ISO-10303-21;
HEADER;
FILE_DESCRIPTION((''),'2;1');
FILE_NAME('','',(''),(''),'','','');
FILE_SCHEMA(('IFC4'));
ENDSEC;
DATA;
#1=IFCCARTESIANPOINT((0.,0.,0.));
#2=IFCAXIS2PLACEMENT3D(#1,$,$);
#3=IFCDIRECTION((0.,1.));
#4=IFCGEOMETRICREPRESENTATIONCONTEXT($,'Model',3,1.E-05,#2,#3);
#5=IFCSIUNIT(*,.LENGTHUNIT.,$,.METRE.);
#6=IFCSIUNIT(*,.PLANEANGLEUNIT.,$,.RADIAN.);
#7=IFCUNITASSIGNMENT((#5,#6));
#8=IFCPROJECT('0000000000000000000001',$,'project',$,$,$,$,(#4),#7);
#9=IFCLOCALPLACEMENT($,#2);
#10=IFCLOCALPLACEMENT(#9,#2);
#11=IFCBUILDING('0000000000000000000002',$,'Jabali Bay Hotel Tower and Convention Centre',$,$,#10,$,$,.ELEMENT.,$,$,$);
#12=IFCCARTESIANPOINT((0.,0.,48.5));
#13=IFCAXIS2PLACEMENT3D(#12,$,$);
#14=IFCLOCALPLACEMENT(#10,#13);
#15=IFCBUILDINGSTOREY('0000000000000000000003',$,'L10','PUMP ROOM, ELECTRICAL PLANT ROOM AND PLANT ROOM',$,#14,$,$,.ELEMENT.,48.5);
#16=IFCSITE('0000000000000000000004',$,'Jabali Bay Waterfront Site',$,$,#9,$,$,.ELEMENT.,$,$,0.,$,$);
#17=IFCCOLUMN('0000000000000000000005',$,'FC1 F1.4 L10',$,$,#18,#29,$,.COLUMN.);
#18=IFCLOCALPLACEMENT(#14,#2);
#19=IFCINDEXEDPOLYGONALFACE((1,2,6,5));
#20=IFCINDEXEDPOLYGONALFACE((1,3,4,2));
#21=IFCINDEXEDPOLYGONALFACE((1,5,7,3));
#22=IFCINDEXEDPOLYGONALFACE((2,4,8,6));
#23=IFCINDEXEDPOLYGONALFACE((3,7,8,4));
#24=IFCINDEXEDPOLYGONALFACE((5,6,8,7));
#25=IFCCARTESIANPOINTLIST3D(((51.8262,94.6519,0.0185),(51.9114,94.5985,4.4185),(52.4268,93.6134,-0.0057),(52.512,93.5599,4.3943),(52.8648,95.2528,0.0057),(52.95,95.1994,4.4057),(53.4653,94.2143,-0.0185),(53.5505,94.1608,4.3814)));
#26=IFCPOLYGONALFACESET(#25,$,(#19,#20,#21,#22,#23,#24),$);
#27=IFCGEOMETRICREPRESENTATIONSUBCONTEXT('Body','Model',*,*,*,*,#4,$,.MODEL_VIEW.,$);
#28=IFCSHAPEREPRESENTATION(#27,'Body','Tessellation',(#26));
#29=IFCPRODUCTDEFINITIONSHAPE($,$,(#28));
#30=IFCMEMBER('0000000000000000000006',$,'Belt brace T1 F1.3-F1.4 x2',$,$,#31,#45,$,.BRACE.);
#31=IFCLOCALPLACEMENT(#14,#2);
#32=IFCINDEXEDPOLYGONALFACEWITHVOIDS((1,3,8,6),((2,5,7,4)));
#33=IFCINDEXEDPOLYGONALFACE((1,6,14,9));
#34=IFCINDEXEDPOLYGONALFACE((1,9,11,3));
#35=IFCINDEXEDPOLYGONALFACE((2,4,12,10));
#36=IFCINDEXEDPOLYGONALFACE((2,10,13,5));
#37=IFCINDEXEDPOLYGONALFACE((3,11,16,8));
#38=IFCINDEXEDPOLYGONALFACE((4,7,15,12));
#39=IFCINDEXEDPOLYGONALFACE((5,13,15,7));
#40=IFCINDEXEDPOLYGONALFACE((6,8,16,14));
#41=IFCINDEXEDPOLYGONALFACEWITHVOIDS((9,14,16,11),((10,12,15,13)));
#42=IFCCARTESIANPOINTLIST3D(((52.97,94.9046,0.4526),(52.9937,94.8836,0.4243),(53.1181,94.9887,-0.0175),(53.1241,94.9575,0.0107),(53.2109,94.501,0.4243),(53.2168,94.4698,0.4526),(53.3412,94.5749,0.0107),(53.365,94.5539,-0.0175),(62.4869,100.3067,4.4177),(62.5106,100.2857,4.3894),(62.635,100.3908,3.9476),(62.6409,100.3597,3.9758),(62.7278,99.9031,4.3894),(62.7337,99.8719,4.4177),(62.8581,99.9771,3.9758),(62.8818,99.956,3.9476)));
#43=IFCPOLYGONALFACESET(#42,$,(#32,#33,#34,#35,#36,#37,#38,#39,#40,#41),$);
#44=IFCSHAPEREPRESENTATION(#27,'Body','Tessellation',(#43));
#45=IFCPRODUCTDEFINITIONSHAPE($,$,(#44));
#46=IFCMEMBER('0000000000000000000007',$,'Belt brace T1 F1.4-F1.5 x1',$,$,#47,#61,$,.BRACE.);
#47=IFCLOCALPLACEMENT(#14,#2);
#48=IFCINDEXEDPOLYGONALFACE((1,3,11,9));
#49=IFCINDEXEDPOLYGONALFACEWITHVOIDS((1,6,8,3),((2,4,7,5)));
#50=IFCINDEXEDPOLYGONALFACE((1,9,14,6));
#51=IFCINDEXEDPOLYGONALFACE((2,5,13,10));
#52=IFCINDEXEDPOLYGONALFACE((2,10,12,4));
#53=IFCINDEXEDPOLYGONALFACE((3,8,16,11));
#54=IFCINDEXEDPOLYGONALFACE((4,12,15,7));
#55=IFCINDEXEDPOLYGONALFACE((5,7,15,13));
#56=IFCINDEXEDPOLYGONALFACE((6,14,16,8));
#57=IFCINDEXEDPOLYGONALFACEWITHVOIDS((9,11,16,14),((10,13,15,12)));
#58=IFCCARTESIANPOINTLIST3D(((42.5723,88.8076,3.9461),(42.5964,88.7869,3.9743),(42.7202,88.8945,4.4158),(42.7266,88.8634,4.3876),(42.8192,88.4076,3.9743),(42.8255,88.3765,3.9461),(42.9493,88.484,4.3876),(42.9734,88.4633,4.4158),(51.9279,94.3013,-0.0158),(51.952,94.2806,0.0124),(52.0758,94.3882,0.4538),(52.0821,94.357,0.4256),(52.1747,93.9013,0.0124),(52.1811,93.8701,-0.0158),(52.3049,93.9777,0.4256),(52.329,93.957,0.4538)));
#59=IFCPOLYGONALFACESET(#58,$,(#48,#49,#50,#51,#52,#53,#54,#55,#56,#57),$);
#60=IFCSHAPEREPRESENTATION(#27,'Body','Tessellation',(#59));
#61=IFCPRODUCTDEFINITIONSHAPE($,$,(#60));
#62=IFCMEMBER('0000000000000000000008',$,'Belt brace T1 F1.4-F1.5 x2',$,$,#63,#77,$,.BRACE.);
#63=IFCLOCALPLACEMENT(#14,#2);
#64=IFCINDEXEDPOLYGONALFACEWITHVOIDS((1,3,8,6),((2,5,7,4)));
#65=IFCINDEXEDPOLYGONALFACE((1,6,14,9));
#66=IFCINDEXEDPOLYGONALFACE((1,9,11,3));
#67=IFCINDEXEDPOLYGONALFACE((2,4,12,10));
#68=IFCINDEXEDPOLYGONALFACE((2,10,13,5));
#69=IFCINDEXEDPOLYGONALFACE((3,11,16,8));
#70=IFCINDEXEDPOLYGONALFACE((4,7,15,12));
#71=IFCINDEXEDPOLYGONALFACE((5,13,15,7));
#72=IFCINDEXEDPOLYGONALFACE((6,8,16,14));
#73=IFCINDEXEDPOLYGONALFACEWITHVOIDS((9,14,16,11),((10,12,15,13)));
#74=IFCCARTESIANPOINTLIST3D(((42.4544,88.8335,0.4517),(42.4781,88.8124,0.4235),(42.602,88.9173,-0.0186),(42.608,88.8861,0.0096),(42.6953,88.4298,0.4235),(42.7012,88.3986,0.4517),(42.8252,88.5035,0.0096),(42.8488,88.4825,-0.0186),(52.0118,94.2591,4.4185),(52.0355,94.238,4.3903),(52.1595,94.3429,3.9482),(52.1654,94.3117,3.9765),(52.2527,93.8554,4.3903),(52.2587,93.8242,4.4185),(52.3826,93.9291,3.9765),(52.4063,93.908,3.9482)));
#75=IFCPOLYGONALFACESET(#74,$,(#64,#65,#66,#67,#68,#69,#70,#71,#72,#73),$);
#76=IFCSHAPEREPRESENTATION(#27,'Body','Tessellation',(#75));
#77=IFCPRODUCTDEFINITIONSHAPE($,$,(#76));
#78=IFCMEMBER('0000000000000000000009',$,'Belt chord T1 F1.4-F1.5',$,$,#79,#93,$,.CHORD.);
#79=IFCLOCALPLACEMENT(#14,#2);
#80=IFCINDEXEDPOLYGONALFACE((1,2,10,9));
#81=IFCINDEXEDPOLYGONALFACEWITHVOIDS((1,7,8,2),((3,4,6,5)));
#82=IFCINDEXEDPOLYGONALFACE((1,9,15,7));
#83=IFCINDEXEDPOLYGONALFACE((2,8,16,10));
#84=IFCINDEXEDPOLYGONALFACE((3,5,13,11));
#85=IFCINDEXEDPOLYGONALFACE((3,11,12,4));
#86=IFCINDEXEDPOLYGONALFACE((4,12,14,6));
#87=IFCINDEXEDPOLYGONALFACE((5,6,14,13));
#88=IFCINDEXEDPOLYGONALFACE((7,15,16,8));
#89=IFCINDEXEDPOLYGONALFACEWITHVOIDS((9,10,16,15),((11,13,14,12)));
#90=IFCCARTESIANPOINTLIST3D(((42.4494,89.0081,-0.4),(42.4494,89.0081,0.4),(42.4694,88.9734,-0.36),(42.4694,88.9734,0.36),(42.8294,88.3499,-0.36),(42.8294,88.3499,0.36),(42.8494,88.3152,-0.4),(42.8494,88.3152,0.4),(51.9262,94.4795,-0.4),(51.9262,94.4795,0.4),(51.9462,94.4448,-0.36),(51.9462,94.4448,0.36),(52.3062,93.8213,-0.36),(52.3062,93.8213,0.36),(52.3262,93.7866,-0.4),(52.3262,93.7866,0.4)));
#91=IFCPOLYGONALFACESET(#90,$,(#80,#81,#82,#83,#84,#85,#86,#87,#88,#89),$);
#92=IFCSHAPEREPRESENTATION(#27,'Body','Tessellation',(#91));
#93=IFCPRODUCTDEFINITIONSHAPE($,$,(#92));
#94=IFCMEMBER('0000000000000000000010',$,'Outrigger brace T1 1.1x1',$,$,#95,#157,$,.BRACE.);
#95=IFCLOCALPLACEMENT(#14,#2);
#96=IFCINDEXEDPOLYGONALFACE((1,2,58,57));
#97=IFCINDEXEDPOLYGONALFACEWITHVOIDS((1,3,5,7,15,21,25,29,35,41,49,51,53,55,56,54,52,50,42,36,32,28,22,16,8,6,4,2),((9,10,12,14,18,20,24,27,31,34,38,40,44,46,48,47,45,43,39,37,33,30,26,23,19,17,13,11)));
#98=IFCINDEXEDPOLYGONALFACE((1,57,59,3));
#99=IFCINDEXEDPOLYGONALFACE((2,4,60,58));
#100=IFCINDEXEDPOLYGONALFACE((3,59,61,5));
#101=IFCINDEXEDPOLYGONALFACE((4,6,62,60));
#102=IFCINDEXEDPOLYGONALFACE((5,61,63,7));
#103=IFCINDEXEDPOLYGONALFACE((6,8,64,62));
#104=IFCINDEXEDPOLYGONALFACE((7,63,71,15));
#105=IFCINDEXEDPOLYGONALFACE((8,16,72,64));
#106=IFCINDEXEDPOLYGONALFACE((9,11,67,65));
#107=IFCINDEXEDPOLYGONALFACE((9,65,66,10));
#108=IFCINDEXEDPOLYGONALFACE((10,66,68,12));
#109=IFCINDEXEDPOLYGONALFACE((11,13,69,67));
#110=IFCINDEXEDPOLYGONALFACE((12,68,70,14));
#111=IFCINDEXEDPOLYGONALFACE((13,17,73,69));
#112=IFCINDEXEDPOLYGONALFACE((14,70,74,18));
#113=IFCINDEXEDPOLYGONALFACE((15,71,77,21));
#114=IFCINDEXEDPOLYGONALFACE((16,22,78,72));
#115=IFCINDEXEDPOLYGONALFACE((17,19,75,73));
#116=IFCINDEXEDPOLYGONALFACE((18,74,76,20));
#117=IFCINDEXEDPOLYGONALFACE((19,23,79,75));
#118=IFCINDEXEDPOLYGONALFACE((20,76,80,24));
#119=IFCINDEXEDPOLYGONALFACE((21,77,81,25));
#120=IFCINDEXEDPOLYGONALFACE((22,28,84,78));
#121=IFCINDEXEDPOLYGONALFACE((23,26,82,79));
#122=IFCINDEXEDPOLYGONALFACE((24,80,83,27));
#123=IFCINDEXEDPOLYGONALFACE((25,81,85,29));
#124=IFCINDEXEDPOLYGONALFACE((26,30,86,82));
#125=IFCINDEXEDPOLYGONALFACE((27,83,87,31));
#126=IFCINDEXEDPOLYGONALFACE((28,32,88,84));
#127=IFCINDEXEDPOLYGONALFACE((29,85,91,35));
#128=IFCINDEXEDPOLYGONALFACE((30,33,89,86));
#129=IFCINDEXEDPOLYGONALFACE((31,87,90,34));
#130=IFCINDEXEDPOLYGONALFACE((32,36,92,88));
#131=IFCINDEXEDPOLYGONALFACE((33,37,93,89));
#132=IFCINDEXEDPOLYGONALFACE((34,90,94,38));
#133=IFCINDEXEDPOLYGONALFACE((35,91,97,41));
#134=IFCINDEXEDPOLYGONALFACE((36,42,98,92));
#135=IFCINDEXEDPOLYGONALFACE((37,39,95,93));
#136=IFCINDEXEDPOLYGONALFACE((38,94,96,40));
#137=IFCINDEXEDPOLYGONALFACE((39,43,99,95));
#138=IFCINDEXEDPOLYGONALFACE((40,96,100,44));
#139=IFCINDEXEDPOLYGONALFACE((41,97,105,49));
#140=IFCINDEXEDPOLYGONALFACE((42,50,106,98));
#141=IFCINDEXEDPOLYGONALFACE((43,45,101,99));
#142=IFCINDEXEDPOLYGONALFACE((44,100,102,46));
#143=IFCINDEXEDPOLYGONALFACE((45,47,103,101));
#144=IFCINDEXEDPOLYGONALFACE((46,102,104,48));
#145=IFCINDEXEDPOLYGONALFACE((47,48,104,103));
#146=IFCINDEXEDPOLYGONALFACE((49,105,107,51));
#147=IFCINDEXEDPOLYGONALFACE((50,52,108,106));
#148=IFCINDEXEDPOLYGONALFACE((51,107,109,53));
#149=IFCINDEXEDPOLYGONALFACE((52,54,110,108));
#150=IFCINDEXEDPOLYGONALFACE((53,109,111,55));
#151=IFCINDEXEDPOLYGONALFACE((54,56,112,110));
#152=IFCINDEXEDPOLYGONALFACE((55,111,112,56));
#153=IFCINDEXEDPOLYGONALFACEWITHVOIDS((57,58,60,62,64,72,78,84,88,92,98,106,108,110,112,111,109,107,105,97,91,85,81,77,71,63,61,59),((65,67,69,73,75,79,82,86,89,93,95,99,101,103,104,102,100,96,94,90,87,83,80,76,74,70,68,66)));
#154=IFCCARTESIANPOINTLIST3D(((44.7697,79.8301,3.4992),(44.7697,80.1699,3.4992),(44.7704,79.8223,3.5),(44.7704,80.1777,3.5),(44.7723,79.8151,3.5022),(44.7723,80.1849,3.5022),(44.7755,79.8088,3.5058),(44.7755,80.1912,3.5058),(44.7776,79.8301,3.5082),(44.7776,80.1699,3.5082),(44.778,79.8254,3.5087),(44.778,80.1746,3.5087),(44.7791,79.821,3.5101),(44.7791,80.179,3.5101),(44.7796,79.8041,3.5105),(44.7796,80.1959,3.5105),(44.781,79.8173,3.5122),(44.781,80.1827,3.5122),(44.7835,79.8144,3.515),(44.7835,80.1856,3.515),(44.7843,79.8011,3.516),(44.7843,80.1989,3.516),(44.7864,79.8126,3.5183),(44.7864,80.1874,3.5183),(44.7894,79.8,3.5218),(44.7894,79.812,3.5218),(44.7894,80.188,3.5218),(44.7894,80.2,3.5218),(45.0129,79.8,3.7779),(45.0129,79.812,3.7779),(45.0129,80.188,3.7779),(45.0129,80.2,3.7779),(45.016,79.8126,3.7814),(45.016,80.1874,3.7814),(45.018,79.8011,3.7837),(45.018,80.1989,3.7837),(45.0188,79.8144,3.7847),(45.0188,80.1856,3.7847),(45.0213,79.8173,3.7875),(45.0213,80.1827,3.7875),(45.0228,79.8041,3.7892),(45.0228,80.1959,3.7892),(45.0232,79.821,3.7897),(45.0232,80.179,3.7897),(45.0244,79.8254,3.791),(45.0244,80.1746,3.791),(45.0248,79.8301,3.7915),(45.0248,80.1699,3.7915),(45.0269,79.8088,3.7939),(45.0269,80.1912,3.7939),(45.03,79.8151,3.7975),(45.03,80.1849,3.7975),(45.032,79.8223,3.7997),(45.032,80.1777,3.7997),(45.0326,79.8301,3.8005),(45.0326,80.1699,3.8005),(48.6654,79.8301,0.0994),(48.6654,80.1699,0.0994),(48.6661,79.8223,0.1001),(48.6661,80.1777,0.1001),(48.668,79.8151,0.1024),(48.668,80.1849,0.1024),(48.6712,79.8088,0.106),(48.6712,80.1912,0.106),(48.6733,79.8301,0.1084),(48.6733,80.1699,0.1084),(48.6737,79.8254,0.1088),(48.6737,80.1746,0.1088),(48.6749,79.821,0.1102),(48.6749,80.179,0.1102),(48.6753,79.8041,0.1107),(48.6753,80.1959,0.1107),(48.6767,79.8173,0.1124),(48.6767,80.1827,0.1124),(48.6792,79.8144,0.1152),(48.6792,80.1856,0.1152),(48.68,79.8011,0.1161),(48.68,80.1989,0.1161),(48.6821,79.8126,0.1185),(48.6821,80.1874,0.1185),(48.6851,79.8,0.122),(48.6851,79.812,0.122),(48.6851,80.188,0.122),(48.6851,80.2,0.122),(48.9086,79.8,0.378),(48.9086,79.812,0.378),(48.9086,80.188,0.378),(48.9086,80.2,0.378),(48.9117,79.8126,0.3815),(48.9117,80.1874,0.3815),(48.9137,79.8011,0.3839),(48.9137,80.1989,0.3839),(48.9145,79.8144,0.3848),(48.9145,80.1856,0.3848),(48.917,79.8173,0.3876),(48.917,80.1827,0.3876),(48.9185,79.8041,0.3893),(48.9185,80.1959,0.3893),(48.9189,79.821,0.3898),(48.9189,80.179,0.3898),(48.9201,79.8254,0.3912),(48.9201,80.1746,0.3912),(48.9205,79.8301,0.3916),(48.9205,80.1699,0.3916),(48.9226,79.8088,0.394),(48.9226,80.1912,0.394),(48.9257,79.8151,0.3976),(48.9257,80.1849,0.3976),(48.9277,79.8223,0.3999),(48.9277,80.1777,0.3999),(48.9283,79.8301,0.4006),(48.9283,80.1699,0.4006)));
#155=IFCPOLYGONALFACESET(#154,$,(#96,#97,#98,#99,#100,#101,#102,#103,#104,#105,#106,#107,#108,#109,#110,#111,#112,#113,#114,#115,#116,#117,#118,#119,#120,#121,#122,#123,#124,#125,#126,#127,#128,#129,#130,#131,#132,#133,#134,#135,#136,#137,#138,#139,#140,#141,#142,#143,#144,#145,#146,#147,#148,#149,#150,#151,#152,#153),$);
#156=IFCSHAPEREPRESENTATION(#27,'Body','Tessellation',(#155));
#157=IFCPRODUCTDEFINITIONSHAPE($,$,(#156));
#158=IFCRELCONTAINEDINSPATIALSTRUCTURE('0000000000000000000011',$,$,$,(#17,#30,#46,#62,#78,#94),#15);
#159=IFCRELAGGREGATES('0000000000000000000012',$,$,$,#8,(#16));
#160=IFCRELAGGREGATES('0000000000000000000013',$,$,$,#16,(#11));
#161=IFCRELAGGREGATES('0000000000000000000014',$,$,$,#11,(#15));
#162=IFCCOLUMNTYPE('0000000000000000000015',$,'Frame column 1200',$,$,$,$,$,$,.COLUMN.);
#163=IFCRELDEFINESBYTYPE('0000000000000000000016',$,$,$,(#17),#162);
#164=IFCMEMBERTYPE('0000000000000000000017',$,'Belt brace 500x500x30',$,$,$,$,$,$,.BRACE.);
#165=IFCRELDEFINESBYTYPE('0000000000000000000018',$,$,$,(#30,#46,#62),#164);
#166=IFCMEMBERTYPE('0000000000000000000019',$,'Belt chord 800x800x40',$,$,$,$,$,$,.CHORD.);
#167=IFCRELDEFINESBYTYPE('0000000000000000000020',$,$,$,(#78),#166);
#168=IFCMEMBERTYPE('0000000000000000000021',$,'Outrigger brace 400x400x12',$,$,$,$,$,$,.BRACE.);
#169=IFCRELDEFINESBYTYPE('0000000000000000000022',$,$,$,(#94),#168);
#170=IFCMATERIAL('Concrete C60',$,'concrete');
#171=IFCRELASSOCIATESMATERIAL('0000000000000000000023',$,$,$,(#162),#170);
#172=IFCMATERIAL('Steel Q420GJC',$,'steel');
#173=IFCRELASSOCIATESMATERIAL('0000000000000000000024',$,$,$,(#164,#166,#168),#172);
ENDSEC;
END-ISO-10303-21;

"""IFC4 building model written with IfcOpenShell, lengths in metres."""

from ifc_helpers import new_model, si_unit, direction, frame, origin, origin_2d, place, context, subcontext, project, spatial, rectangle, hollow_rectangle, extrude, material, material_profile, profile_set, type_object, element, save


model = new_model("IFC4")

# Units and contexts
model_context = context("Model", 3, precision=1e-05, world=origin(), true_north=direction((0.0, 1.0)))
body_context = subcontext(model_context, "Body", "Model", "MODEL_VIEW")
ifc_project = project(units=[si_unit("LENGTHUNIT", "METRE"), si_unit("PLANEANGLEUNIT", "RADIAN")], contexts=[model_context])

# Site, building, storey
site_placement = place(None, origin())
site = spatial("IfcSite", under=ifc_project, at=site_placement, Name="Jabali Bay Waterfront Site", CompositionType="ELEMENT", RefElevation=0.0)
building_placement = place(site_placement, origin())
building = spatial("IfcBuilding", under=site, at=building_placement, Name="Jabali Bay Hotel Tower and Convention Centre", CompositionType="ELEMENT")
storey_placement = place(building_placement, frame((0.0, 0.0, 48.5)))
storey = spatial("IfcBuildingStorey", under=building, at=storey_placement, Name="L10", Description="PUMP ROOM, ELECTRICAL PLANT ROOM AND PLANT ROOM", CompositionType="ELEMENT", Elevation=48.5)

# Column
ifc_material_1 = material(Name="Concrete C60", Category="concrete")
ifc_material_profile_1 = material_profile(ifc_material_1, rectangle(XDim=1.2, YDim=1.2, at=origin_2d()), Name="Frame column 1200")
ifc_profile_set_1 = profile_set([ifc_material_profile_1], Name="Concrete C60")
column_type = type_object("IfcColumnType", Name="Frame column 1200", PredefinedType="COLUMN", material=ifc_profile_set_1)
column_placement = place(storey_placement, frame((52.6458, 94.4331, 0.0), z_axis=(0.01936, -0.012149, 0.999739), x_axis=(-0.500505, 0.865498, 0.02021)))
element("IfcColumn", 1, at=column_placement, inside=storey, type_object=column_type, Name="FC1 F1.4 L10", PredefinedType="COLUMN", context=body_context, shape_type="SweptSolid", body=[
    extrude(rectangle(XDim=1.2, YDim=1.2, at=origin_2d()), origin(), (0.0, 0.0, 1.0), 4.4011),
])

# Members
ifc_material_2 = material(Name="Steel Q420GJC", Category="steel")
ifc_material_profile_2 = material_profile(ifc_material_2, hollow_rectangle(XDim=0.5, YDim=0.5, WallThickness=0.03, at=origin_2d()), Name="Belt brace 500x500x30")
ifc_profile_set_2 = profile_set([ifc_material_profile_2], Name="Steel Q420GJC")
member_type_1 = type_object("IfcMemberType", Name="Belt brace 500x500x30", PredefinedType="BRACE", material=ifc_profile_set_2)
member_1_placement = place(storey_placement, frame((53.1675, 94.7292, 0.2175), z_axis=(0.817643, 0.464123, 0.340662), x_axis=(-0.49365, 0.869661, 0.0)))
element("IfcMember", 2, at=member_1_placement, inside=storey, type_object=member_type_1, Name="Belt brace T1 F1.3-F1.4 x2", PredefinedType="BRACE", context=body_context, shape_type="SweptSolid", body=[
    extrude(hollow_rectangle(XDim=0.5, YDim=0.5, WallThickness=0.03, at=origin_2d()), origin(), (0.0, 0.0, 1.0), 11.6394),
])
member_2_placement = place(storey_placement, frame((52.1284, 94.1292, 0.219), z_axis=(-0.809999, -0.475642, 0.343024), x_axis=(0.506365, -0.862319, 0.0)))
element("IfcMember", 3, at=member_2_placement, inside=storey, type_object=member_type_1, Name="Belt brace T1 F1.4-F1.5 x1", PredefinedType="BRACE", context=body_context, shape_type="SweptSolid", body=[
    extrude(hollow_rectangle(XDim=0.5, YDim=0.5, WallThickness=0.03, at=origin_2d()), origin(), (0.0, 0.0, 1.0), 11.55),
])
member_3_placement = place(storey_placement, frame((42.6516, 88.658, 0.2166), z_axis=(0.81799, 0.464357, 0.339507), x_axis=(-0.49368, 0.869644, 0.0)))
element("IfcMember", 4, at=member_3_placement, inside=storey, type_object=member_type_1, Name="Belt brace T1 F1.4-F1.5 x2", PredefinedType="BRACE", context=body_context, shape_type="SweptSolid", body=[
    extrude(hollow_rectangle(XDim=0.5, YDim=0.5, WallThickness=0.03, at=origin_2d()), origin(), (0.0, 0.0, 1.0), 11.6841),
])
ifc_material_profile_3 = material_profile(ifc_material_2, hollow_rectangle(XDim=0.8, YDim=0.8, WallThickness=0.04, at=origin_2d()), Name="Belt chord 800x800x40")
ifc_profile_set_3 = profile_set([ifc_material_profile_3], Name="Steel Q420GJC")
member_type_2 = type_object("IfcMemberType", Name="Belt chord 800x800x40", PredefinedType="CHORD", material=ifc_profile_set_3)
member_4_placement = place(storey_placement, frame((52.1262, 94.1331, 0.0), z_axis=(-0.866025, -0.5, 0.0), x_axis=(0.5, -0.866025, 0.0)))
element("IfcMember", 5, at=member_4_placement, inside=storey, type_object=member_type_2, Name="Belt chord T1 F1.4-F1.5", PredefinedType="CHORD", context=body_context, shape_type="SweptSolid", body=[
    extrude(hollow_rectangle(XDim=0.8, YDim=0.8, WallThickness=0.04, at=origin_2d()), origin(), (0.0, 0.0, 1.0), 10.9429),
])
ifc_material_profile_4 = material_profile(ifc_material_2, hollow_rectangle(XDim=0.3999, YDim=0.3999, WallThickness=0.012, InnerFilletRadius=0.0181, OuterFilletRadius=0.03, at=origin_2d()), Name="Outrigger brace 400x400x12")
ifc_profile_set_4 = profile_set([ifc_material_profile_4], Name="Steel Q420GJC")
member_type_3 = type_object("IfcMemberType", Name="Outrigger brace 400x400x12", PredefinedType="BRACE", material=ifc_profile_set_4)
member_5_placement = place(storey_placement, frame((48.7969, 80.0, 0.25), z_axis=(-0.753427, 0.0, 0.657531), x_axis=(0.0, -1.0, 0.0)))
element("IfcMember", 6, at=member_5_placement, inside=storey, type_object=member_type_3, Name="Outrigger brace T1 1.1x1", PredefinedType="BRACE", context=body_context, shape_type="SweptSolid", body=[
    extrude(hollow_rectangle(XDim=0.3999, YDim=0.3999, WallThickness=0.012, InnerFilletRadius=0.0181, OuterFilletRadius=0.03, at=origin_2d()), origin(), (0.0, 0.0, 1.0), 5.1707),
])

save(model, "model.ifc")
